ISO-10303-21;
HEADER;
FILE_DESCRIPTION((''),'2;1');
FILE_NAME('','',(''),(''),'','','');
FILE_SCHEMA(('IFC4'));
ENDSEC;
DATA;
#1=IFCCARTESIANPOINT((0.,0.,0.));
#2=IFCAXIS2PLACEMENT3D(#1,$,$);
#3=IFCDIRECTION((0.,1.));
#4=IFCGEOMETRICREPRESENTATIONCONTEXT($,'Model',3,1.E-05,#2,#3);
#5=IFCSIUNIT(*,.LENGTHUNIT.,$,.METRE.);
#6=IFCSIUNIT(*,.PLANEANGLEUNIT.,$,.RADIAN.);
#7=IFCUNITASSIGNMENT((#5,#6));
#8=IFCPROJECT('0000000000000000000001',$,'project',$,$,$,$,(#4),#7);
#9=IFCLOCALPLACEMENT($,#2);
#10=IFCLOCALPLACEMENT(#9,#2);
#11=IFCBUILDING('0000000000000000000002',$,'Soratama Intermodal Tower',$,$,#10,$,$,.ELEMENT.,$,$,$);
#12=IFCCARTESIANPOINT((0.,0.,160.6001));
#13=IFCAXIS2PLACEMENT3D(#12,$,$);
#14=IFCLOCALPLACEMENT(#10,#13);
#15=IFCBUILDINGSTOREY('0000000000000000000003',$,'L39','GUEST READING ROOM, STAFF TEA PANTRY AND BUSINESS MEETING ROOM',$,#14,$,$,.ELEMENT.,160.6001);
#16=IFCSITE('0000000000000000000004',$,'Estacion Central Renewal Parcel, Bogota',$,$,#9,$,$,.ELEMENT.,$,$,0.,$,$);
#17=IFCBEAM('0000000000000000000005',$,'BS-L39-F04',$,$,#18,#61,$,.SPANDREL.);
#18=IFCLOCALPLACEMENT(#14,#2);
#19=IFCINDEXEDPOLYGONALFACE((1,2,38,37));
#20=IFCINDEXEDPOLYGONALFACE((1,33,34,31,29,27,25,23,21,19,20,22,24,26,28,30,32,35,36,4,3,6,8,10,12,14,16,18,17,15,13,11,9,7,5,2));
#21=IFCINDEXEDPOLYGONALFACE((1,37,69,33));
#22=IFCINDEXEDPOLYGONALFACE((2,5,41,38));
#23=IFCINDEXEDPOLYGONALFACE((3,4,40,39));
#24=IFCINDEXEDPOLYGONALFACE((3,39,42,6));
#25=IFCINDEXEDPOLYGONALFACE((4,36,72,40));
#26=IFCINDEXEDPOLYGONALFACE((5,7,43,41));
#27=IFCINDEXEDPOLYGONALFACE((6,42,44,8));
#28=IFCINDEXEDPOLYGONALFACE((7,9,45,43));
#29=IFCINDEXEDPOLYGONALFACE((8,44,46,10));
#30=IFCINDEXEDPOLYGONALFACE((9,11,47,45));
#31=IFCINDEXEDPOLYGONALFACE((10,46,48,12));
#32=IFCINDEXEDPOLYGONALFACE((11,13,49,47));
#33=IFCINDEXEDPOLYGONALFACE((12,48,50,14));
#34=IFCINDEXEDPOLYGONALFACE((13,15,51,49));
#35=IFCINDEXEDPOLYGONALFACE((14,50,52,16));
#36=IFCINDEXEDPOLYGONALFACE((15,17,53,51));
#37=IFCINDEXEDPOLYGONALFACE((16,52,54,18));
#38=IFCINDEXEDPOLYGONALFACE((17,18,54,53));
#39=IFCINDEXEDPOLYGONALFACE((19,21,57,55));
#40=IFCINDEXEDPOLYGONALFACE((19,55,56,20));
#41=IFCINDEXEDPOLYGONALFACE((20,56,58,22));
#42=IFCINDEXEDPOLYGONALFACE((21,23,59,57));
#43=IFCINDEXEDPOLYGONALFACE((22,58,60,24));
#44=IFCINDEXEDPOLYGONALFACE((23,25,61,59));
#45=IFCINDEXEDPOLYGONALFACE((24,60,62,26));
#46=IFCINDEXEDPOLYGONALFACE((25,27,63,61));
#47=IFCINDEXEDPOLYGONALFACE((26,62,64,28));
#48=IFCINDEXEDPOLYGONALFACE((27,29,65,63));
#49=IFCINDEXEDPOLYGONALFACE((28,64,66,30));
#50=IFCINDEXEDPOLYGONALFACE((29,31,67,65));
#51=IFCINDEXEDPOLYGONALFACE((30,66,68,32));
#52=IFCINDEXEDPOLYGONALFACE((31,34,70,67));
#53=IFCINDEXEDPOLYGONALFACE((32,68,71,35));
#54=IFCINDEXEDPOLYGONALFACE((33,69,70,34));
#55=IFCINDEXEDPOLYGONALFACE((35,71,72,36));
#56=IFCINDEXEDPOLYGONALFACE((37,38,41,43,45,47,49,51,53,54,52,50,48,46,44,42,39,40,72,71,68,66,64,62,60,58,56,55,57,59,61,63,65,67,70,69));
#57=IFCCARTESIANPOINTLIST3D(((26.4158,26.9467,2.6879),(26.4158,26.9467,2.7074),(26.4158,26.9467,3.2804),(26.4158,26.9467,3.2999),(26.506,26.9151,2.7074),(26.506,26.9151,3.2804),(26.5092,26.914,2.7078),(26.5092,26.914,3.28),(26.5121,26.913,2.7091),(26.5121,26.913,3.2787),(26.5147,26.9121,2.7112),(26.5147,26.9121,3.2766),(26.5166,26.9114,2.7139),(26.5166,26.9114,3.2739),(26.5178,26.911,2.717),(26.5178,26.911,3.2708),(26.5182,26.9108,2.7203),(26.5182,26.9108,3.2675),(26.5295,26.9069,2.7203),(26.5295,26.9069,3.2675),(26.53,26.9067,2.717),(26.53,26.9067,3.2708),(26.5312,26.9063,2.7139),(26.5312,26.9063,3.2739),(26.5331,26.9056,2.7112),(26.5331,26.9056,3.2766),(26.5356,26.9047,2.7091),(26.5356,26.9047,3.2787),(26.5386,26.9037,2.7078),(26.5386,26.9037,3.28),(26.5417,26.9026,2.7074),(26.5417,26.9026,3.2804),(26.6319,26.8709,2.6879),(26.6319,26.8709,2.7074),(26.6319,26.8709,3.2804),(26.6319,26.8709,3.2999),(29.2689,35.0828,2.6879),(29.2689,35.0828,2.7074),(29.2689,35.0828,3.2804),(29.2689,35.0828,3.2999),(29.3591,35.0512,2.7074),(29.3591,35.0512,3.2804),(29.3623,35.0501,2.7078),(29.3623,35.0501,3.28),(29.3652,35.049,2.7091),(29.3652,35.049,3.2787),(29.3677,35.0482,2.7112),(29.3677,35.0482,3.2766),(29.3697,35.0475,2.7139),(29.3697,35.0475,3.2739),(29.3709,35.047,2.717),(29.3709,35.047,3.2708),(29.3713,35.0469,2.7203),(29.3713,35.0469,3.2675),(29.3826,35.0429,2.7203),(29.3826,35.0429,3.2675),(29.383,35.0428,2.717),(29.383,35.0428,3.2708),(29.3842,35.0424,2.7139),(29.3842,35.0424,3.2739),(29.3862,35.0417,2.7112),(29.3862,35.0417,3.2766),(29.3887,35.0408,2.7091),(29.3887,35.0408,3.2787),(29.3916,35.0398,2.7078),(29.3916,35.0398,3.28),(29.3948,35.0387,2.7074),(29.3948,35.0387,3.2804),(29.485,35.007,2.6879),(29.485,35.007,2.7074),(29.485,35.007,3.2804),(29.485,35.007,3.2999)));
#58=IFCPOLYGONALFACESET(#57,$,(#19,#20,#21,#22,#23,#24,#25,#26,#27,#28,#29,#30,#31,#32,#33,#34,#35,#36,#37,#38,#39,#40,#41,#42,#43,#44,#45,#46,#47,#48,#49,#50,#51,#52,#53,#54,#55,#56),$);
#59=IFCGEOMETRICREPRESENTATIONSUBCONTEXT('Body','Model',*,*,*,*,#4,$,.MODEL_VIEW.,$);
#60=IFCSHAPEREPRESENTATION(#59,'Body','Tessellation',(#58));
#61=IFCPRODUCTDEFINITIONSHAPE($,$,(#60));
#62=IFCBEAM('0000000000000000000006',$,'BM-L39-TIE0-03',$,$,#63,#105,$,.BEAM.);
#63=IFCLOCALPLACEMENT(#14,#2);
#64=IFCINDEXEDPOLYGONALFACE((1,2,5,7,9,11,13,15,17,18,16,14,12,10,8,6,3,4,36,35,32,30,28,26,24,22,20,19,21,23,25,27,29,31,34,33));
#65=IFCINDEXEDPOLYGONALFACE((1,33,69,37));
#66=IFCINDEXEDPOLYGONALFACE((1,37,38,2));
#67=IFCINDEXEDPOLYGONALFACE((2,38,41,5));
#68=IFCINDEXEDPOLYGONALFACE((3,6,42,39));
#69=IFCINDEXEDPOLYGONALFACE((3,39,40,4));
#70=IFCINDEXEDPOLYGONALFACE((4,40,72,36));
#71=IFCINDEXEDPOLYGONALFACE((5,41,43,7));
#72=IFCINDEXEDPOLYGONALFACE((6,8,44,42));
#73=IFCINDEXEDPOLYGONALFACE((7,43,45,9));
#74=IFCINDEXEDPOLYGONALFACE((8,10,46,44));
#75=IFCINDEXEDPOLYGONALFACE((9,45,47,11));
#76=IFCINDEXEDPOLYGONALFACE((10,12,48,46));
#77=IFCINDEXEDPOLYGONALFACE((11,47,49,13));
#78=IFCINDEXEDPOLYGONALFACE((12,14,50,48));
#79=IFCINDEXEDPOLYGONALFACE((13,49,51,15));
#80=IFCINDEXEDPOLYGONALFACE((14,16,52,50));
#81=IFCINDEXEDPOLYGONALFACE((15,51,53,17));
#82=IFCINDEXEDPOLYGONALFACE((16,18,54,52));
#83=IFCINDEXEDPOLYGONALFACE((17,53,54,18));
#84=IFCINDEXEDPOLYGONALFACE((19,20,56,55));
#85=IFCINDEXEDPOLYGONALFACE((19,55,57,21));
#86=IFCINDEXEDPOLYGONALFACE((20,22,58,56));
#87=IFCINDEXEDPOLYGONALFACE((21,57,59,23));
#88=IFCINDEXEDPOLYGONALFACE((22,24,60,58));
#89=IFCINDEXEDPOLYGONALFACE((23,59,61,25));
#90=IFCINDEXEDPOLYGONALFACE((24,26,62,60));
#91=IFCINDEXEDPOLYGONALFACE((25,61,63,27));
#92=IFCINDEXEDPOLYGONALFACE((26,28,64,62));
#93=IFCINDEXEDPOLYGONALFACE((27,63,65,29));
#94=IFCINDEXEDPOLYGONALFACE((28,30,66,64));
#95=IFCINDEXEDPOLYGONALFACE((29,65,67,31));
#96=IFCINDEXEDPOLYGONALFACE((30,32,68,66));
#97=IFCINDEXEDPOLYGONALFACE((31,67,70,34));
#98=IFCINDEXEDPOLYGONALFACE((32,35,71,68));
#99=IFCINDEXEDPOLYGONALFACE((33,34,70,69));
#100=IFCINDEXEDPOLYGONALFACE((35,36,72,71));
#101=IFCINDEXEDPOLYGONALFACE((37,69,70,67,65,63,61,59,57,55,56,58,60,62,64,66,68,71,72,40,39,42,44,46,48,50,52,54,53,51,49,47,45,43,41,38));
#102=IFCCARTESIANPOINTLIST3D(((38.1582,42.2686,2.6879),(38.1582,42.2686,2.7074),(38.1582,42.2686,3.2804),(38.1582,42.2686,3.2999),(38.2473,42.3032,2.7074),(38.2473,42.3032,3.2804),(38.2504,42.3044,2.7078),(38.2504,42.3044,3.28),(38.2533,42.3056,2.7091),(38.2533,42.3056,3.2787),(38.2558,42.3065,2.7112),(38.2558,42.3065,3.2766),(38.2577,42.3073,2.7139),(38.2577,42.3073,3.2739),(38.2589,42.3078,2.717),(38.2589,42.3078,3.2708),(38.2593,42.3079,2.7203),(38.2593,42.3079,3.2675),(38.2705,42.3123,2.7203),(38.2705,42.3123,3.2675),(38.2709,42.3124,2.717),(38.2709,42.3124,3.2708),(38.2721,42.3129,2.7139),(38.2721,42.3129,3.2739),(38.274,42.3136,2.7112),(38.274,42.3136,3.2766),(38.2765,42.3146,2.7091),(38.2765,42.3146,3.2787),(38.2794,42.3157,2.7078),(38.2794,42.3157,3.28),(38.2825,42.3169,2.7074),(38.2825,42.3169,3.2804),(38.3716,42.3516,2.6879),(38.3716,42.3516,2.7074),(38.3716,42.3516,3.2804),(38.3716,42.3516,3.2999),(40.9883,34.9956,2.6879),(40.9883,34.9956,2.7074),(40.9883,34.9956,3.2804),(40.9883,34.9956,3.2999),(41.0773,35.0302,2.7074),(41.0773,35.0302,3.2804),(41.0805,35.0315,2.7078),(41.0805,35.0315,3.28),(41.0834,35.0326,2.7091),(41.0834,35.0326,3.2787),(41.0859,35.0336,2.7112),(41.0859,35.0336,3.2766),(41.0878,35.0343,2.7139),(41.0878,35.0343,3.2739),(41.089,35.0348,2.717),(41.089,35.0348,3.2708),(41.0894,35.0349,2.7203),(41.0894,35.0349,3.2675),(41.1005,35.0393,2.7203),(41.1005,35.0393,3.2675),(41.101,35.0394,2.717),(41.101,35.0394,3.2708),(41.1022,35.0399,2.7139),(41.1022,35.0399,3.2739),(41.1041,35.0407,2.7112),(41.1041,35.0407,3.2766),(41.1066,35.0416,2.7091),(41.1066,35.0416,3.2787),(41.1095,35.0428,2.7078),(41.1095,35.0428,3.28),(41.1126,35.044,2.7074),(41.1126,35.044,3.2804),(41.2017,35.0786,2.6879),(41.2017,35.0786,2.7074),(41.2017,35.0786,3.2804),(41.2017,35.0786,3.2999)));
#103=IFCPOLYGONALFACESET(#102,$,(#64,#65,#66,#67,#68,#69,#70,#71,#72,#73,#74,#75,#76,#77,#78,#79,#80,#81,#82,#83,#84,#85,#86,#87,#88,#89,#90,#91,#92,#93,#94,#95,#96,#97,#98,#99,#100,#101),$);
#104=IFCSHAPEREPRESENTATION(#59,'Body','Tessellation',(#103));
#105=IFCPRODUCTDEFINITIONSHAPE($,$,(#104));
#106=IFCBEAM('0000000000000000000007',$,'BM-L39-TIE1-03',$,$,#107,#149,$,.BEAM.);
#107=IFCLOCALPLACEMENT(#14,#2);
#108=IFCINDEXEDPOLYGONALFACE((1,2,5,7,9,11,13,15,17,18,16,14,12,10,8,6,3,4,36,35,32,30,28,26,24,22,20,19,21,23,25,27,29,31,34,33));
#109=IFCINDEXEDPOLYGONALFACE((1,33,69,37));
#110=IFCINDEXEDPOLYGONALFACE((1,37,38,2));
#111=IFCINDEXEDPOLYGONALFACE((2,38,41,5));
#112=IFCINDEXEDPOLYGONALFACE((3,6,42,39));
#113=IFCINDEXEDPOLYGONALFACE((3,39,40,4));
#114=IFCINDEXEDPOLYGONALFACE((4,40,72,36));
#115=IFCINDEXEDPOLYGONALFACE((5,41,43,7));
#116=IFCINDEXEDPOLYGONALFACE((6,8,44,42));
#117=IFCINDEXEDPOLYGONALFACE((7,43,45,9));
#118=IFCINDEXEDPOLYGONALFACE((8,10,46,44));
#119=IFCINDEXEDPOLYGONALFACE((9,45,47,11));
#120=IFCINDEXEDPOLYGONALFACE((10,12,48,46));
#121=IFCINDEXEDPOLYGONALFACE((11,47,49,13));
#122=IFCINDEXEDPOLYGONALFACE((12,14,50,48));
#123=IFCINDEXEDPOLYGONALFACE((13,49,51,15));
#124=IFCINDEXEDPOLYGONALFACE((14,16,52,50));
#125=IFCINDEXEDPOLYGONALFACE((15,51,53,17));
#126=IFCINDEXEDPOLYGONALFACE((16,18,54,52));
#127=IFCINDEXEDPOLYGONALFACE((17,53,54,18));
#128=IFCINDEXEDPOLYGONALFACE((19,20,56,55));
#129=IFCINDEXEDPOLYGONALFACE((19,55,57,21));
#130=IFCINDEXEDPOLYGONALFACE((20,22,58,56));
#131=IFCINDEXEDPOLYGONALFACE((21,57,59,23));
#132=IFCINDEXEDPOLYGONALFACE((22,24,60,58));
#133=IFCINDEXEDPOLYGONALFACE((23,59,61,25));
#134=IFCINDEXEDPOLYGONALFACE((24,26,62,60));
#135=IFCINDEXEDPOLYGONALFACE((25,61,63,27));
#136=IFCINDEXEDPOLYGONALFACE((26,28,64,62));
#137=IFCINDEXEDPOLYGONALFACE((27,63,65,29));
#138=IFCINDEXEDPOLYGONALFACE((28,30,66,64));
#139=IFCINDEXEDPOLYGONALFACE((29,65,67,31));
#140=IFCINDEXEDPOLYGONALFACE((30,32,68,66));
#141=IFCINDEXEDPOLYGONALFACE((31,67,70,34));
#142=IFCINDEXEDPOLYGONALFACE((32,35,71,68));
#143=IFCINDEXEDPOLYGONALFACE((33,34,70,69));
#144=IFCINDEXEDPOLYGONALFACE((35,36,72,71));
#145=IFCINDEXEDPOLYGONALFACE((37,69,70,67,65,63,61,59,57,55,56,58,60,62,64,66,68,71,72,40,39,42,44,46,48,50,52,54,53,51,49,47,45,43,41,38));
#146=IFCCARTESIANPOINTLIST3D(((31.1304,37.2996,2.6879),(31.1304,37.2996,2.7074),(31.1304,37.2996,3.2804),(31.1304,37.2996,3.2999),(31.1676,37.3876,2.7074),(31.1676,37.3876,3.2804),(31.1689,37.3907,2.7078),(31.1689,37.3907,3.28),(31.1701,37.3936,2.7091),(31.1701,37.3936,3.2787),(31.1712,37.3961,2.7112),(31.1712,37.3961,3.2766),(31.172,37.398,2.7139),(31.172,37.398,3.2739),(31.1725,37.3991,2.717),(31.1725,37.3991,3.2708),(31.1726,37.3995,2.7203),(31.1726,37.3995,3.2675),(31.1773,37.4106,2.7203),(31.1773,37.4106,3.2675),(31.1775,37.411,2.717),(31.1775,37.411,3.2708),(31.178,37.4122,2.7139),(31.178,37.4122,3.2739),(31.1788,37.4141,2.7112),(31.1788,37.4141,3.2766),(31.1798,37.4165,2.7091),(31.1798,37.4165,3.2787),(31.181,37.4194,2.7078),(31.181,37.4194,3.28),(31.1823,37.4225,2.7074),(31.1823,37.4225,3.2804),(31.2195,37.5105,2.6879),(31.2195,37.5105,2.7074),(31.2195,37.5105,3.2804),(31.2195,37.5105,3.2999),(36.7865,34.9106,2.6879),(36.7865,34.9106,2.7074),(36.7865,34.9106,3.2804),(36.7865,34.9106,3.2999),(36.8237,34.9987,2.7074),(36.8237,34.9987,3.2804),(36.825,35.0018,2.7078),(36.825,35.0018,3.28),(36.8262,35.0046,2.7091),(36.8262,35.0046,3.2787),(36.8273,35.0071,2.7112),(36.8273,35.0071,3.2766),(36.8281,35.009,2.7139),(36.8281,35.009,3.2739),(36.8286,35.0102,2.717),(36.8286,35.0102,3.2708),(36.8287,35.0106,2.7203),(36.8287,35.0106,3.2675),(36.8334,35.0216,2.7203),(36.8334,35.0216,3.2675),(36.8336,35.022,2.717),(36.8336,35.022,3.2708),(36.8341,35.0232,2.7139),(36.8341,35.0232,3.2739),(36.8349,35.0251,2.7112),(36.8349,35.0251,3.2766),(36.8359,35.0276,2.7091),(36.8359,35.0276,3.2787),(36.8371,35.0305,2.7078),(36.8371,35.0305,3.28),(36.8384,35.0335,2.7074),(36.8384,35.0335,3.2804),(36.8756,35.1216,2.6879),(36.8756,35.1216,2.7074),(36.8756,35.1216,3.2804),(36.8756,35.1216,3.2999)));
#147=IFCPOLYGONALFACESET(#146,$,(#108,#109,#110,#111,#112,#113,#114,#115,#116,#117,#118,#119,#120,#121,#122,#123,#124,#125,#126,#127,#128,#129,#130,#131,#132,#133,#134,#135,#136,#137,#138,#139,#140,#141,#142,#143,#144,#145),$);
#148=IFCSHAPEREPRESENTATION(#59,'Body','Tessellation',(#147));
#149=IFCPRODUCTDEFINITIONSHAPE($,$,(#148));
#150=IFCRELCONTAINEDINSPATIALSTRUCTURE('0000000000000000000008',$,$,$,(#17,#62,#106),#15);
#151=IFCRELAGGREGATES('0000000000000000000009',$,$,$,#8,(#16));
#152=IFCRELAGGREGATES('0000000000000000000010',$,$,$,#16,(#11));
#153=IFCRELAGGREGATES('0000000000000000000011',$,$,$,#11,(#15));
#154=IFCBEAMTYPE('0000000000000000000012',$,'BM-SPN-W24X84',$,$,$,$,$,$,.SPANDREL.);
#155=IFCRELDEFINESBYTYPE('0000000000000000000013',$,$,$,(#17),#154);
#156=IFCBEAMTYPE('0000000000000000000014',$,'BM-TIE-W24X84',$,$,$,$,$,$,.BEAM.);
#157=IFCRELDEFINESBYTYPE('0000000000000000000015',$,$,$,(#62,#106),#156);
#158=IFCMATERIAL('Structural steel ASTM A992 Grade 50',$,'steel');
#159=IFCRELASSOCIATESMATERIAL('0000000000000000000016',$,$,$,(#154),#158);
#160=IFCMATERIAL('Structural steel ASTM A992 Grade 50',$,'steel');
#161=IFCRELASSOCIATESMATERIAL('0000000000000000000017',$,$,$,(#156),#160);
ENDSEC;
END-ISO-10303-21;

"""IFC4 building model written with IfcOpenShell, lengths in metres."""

from ifc_helpers import new_model, si_unit, direction, frame, origin, origin_2d, place, context, subcontext, project, spatial, i_section, extrude, material, material_profile, profile_set, type_object, element, save


model = new_model("IFC4")

# Units and contexts
model_context = context("Model", 3, precision=1e-05, world=origin(), true_north=direction((0.0, 1.0)))
body_context = subcontext(model_context, "Body", "Model", "MODEL_VIEW")
ifc_project = project(units=[si_unit("LENGTHUNIT", "METRE"), si_unit("PLANEANGLEUNIT", "RADIAN")], contexts=[model_context])

# Site, building, storey
site_placement = place(None, origin())
site = spatial("IfcSite", under=ifc_project, at=site_placement, Name="Estacion Central Renewal Parcel, Bogota", CompositionType="ELEMENT", RefElevation=0.0)
building_placement = place(site_placement, origin())
building = spatial("IfcBuilding", under=site, at=building_placement, Name="Soratama Intermodal Tower", CompositionType="ELEMENT")
storey_placement = place(building_placement, frame((0.0, 0.0, 160.6001)))
storey = spatial("IfcBuildingStorey", under=building, at=storey_placement, Name="L39", Description="GUEST READING ROOM, STAFF TEA PANTRY AND BUSINESS MEETING ROOM", CompositionType="ELEMENT", Elevation=160.6001)

# Beams
ifc_material_1 = material(Name="Structural steel ASTM A992 Grade 50", Category="steel")
ifc_material_profile_1 = material_profile(ifc_material_1, i_section(OverallWidth=0.229, OverallDepth=0.6121, WebThickness=0.012, FlangeThickness=0.0195, FilletRadius=0.0129, at=origin_2d()), Name="W24X84")
ifc_profile_set_1 = profile_set([ifc_material_profile_1], Name="Structural steel ASTM A992 Grade 50")
beam_type_1 = type_object("IfcBeamType", Name="BM-SPN-W24X84", PredefinedType="SPANDREL", material=ifc_profile_set_1)
beam_1_placement = place(storey_placement, frame((29.377, 35.0449, 2.9939), z_axis=(-0.330912, -0.943662, 0.0), x_axis=(0.943662, -0.330912, 0.0)))
element("IfcBeam", 1, at=beam_1_placement, inside=storey, type_object=beam_type_1, Name="BS-L39-F04", PredefinedType="SPANDREL", context=body_context, shape_type="SweptSolid", body=[
    extrude(i_section(OverallWidth=0.229, OverallDepth=0.6121, WebThickness=0.012, FlangeThickness=0.0195, FilletRadius=0.0129, at=origin_2d()), origin(), (0.0, 0.0, 1.0), 8.6218),
])
ifc_material_2 = material(Name="Structural steel ASTM A992 Grade 50", Category="steel")
ifc_material_profile_2 = material_profile(ifc_material_2, i_section(OverallWidth=0.229, OverallDepth=0.6121, WebThickness=0.012, FlangeThickness=0.0195, FilletRadius=0.0129, at=origin_2d()), Name="W24X84")
ifc_profile_set_2 = profile_set([ifc_material_profile_2], Name="Structural steel ASTM A992 Grade 50")
beam_type_2 = type_object("IfcBeamType", Name="BM-TIE-W24X84", PredefinedType="BEAM", material=ifc_profile_set_2)
beam_2_placement = place(storey_placement, frame((41.095, 35.0371, 2.9939), z_axis=(-0.362636, 0.931931, 0.0), x_axis=(-0.931931, -0.362636, 0.0)))
element("IfcBeam", 2, at=beam_2_placement, inside=storey, type_object=beam_type_2, Name="BM-L39-TIE0-03", PredefinedType="BEAM", context=body_context, shape_type="SweptSolid", body=[
    extrude(i_section(OverallWidth=0.229, OverallDepth=0.6121, WebThickness=0.012, FlangeThickness=0.0195, FilletRadius=0.0129, at=origin_2d()), origin(), (0.0, 0.0, 1.0), 7.8042),
])
beam_3_placement = place(storey_placement, frame((36.8311, 35.0161, 2.9939), z_axis=(-0.921201, 0.389086, 0.0), x_axis=(-0.389086, -0.921201, 0.0)))
element("IfcBeam", 3, at=beam_3_placement, inside=storey, type_object=beam_type_2, Name="BM-L39-TIE1-03", PredefinedType="BEAM", context=body_context, shape_type="SweptSolid", body=[
    extrude(i_section(OverallWidth=0.229, OverallDepth=0.6121, WebThickness=0.012, FlangeThickness=0.0195, FilletRadius=0.0129, at=origin_2d()), origin(), (0.0, 0.0, 1.0), 6.1399),
])

save(model, "model.ifc")
